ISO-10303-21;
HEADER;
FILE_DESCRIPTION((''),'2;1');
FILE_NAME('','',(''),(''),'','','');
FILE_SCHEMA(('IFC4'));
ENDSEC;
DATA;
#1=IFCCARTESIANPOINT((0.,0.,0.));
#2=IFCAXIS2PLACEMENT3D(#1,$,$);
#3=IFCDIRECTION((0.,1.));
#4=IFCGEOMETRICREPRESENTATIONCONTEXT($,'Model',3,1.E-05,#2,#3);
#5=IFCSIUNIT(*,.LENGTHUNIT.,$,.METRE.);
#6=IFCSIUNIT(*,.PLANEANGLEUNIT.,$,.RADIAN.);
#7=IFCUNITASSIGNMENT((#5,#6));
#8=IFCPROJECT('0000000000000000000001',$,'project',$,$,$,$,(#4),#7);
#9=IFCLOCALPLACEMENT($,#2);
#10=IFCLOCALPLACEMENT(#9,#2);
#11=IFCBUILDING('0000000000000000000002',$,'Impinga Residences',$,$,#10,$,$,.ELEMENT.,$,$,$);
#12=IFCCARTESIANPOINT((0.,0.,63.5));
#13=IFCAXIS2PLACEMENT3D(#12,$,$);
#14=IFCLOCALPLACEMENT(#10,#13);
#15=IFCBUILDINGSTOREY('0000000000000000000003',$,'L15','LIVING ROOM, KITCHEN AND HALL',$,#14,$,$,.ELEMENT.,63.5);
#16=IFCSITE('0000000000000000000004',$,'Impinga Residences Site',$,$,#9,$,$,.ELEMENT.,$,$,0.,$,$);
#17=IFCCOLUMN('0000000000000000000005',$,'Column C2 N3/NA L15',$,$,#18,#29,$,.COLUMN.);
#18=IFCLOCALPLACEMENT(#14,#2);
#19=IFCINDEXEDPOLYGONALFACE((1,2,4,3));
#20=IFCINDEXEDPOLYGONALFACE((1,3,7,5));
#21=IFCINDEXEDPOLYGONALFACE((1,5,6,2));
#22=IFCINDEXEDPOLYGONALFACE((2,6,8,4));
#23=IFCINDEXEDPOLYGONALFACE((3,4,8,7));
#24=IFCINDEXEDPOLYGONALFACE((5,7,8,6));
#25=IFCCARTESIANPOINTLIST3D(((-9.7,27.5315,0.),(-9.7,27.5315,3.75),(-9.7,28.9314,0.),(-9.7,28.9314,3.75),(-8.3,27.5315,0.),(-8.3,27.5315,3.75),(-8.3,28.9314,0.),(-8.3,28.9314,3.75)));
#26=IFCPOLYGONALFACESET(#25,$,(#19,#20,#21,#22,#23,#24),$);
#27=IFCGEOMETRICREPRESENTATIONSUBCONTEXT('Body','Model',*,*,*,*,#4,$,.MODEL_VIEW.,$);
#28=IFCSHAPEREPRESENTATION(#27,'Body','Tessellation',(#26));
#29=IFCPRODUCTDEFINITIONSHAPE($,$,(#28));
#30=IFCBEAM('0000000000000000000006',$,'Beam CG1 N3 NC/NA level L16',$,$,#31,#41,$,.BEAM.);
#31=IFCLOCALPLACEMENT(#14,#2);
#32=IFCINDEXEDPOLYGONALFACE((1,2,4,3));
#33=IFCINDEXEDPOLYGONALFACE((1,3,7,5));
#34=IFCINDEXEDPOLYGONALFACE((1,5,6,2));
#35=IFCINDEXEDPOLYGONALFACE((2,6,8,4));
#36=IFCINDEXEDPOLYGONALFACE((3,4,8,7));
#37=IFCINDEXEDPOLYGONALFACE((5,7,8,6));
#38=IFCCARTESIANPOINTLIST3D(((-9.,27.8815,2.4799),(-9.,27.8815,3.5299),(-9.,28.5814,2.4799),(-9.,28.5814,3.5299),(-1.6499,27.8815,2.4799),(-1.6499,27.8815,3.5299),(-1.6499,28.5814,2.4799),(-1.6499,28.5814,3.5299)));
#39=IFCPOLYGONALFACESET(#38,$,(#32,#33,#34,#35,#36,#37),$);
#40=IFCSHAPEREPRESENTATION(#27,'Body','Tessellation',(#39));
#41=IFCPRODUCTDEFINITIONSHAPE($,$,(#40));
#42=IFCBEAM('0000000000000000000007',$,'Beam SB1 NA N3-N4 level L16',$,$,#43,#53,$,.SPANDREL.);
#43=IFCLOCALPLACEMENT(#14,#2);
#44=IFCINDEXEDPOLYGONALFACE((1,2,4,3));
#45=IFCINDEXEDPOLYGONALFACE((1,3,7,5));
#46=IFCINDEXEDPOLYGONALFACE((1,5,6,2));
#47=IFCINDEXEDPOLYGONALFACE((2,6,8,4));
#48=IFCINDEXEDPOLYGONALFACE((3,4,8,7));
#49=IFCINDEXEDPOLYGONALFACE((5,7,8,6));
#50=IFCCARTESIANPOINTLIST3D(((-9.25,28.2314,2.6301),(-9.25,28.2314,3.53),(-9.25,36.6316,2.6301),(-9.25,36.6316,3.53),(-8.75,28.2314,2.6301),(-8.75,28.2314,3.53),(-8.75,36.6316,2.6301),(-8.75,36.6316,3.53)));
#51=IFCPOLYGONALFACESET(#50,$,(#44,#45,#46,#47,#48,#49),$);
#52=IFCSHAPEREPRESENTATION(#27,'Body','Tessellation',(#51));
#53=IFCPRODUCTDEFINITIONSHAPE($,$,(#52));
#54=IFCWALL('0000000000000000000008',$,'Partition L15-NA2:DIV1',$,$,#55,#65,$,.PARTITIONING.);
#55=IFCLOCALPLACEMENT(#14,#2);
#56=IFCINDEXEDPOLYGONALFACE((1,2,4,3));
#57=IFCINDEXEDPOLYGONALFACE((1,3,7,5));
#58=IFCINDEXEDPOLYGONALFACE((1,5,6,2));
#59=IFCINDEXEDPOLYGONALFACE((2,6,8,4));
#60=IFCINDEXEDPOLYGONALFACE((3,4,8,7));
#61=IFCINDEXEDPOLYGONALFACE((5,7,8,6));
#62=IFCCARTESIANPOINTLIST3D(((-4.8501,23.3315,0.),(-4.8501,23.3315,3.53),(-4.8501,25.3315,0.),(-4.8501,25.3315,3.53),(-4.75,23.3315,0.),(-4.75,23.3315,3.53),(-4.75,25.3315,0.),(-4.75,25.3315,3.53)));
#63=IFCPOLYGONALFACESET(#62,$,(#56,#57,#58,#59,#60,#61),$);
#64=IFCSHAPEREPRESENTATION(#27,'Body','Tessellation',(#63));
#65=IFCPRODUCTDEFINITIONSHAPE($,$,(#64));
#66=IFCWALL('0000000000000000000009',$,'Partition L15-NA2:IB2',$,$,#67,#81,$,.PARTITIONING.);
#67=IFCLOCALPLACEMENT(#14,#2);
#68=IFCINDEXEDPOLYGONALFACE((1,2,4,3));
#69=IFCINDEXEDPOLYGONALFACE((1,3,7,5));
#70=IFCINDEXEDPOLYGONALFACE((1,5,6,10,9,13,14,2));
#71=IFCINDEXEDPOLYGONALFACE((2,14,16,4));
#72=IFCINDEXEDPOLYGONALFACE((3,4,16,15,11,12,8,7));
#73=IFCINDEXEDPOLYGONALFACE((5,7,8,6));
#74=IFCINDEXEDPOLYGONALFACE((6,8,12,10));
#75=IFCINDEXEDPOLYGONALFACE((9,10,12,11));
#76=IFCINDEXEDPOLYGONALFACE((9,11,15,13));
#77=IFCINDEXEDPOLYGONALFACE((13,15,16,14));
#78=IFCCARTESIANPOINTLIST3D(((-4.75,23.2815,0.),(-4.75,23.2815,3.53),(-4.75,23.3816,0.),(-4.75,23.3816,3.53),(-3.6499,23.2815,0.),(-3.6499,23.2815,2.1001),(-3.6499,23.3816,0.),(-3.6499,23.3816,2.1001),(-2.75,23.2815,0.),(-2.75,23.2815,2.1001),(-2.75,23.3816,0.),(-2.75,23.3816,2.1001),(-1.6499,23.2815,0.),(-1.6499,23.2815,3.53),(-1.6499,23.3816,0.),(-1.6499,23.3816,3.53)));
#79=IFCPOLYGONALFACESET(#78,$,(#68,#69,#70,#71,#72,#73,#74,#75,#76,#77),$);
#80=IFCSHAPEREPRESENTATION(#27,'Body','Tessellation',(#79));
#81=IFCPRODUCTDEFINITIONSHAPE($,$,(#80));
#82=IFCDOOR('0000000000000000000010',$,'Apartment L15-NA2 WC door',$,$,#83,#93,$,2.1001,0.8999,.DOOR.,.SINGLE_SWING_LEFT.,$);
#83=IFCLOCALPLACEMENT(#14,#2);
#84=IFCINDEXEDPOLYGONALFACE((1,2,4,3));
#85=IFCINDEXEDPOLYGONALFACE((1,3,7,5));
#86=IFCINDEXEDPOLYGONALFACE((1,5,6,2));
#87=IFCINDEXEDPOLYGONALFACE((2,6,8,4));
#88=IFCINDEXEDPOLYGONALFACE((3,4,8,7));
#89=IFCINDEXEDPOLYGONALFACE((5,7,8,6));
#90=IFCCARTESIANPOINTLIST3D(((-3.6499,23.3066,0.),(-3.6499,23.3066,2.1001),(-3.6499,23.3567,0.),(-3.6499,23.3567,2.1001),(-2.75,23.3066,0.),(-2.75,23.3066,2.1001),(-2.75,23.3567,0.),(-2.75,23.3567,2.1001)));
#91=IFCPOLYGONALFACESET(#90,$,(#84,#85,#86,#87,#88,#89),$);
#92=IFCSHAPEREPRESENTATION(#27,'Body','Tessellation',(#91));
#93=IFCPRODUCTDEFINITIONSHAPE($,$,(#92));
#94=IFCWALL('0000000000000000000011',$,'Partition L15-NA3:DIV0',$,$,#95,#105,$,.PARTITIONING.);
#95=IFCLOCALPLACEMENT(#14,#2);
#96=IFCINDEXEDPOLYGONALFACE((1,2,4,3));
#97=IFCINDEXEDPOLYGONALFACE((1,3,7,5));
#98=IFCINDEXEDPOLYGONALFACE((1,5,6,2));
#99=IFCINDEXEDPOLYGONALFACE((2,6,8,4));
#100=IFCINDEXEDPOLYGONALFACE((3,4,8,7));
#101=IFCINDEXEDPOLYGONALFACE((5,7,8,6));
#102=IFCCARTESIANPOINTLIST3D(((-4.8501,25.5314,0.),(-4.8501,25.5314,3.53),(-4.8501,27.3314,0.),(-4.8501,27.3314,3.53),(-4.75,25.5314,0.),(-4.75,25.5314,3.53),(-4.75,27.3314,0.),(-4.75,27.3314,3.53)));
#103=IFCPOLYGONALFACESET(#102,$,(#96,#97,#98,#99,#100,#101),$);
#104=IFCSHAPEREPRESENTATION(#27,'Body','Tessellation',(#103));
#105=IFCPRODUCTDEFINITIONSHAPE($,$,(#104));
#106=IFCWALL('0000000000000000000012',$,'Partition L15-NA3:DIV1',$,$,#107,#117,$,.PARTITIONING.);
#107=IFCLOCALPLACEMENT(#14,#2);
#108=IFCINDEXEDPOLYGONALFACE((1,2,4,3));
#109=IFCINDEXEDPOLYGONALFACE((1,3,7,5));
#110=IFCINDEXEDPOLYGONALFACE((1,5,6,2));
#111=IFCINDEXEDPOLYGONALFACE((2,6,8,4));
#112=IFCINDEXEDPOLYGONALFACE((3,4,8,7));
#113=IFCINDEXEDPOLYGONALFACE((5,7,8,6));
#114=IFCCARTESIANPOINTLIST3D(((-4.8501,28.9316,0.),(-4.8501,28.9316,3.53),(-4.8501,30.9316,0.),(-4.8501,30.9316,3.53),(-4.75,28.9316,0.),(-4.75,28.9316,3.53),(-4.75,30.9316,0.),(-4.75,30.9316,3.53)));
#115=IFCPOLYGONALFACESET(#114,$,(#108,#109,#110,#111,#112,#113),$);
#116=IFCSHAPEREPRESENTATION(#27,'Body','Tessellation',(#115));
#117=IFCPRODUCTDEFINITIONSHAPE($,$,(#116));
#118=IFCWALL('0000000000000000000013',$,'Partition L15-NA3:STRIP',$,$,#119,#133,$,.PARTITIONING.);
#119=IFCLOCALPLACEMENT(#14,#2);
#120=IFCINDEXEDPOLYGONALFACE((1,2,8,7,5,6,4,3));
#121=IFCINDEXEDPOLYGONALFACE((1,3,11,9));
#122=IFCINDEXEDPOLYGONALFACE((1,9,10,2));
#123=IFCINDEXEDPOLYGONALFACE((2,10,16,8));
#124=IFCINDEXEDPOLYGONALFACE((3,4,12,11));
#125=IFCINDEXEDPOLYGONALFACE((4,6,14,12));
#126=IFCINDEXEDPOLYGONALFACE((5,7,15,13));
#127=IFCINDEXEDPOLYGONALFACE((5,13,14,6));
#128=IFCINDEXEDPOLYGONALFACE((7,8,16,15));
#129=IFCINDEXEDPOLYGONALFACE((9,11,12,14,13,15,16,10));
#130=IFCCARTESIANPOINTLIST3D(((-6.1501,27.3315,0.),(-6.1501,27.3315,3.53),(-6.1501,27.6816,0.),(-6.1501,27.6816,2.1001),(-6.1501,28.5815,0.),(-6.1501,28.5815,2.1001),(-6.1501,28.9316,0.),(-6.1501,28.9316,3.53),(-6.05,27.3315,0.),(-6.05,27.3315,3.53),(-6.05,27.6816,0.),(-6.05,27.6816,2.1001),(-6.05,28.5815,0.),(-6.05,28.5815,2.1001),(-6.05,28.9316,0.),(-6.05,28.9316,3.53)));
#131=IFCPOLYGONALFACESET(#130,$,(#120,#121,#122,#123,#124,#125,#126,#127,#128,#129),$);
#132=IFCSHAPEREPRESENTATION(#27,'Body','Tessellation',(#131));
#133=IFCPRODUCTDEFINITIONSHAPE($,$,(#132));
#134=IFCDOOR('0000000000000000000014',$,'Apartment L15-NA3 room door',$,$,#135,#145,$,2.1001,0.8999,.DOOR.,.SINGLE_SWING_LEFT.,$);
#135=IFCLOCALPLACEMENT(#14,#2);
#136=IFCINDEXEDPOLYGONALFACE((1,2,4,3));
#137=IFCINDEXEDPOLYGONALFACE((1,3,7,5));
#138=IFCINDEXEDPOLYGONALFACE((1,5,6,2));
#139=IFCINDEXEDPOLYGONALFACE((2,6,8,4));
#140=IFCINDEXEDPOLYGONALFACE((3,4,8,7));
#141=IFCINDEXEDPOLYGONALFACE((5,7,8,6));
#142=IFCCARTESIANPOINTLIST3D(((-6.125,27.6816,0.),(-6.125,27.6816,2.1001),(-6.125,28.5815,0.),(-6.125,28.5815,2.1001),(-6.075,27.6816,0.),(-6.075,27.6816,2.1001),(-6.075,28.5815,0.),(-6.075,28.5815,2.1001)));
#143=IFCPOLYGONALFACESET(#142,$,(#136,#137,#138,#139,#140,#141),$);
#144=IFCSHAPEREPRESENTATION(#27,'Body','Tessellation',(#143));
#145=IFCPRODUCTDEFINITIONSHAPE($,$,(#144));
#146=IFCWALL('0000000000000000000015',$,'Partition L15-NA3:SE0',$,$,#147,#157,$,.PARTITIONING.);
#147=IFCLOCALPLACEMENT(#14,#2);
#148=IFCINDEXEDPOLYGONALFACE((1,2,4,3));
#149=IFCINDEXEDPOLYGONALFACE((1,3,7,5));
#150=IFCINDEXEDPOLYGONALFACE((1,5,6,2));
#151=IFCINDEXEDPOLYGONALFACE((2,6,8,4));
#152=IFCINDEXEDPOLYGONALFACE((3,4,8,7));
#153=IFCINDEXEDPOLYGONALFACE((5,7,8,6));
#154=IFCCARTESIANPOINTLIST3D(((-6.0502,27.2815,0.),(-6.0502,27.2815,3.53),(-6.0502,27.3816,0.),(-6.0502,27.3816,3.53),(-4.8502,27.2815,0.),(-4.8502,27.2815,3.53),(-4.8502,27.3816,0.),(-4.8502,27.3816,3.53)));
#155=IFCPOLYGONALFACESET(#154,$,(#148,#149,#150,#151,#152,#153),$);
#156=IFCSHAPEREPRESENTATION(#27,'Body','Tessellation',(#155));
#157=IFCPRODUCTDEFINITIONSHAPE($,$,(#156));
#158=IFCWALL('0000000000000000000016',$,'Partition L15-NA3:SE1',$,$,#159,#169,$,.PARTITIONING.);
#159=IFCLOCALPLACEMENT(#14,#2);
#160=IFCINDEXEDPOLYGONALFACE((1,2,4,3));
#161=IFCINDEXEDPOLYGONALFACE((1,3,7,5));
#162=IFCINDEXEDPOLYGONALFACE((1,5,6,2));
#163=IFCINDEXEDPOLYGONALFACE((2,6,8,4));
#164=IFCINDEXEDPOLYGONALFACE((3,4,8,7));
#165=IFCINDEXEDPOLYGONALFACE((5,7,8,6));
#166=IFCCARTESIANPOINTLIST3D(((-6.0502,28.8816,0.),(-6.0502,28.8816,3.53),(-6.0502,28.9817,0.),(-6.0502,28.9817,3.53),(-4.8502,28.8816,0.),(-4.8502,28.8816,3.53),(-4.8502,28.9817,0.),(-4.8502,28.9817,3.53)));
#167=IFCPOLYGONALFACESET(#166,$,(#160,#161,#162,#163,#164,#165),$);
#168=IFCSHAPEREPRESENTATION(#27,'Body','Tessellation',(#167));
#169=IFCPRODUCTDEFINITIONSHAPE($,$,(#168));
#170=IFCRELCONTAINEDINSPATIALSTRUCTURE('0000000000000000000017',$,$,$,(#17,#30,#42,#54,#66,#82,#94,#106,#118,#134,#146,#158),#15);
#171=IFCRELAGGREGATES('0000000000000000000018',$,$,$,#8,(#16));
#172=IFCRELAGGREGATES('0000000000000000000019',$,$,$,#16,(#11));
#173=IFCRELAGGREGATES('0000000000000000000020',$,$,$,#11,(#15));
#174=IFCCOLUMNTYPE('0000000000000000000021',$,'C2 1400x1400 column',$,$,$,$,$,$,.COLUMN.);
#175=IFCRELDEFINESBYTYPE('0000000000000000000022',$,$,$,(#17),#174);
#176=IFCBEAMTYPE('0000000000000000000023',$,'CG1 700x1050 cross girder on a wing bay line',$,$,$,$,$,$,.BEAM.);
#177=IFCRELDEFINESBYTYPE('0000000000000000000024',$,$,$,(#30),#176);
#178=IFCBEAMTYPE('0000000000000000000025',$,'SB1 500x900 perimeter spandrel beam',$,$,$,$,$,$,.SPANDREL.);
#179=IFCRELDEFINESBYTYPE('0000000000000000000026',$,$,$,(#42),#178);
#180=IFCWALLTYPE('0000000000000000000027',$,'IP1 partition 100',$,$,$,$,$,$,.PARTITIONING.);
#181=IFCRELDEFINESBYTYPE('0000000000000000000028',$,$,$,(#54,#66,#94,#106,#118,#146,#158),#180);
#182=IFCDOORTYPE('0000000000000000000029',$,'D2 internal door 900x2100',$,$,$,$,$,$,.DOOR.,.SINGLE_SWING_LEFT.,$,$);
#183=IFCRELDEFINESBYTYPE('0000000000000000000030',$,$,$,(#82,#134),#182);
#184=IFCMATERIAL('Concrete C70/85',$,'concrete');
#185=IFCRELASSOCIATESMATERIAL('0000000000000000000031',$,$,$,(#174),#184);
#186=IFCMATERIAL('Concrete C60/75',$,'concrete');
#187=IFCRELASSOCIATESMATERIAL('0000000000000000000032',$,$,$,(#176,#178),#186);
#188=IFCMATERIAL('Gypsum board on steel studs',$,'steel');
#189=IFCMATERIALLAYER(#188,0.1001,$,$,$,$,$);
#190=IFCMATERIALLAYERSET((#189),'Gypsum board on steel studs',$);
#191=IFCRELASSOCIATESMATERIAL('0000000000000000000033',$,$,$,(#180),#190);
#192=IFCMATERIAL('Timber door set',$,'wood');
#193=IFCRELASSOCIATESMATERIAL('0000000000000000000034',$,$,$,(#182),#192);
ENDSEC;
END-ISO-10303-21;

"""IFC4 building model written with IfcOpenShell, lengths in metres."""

from ifc_helpers import new_model, si_unit, direction, frame, frame_2d, origin, origin_2d, place, context, subcontext, project, spatial, rectangle, extrude, material, layer, layer_set, material_profile, profile_set, type_object, element, fill, save


model = new_model("IFC4")

# Units and contexts
model_context = context("Model", 3, precision=1e-05, world=origin(), true_north=direction((0.0, 1.0)))
body_context = subcontext(model_context, "Body", "Model", "MODEL_VIEW")
ifc_project = project(units=[si_unit("LENGTHUNIT", "METRE"), si_unit("PLANEANGLEUNIT", "RADIAN")], contexts=[model_context])

# Site, building, storey
site_placement = place(None, origin())
site = spatial("IfcSite", under=ifc_project, at=site_placement, Name="Impinga Residences Site", CompositionType="ELEMENT", RefElevation=0.0)
building_placement = place(site_placement, origin())
building = spatial("IfcBuilding", under=site, at=building_placement, Name="Impinga Residences", CompositionType="ELEMENT")
storey_placement = place(building_placement, frame((0.0, 0.0, 63.5)))
storey = spatial("IfcBuildingStorey", under=building, at=storey_placement, Name="L15", Description="LIVING ROOM, KITCHEN AND HALL", CompositionType="ELEMENT", Elevation=63.5)

# Column
ifc_material_1 = material(Name="Concrete C70/85", Category="concrete")
ifc_material_profile_1 = material_profile(ifc_material_1, rectangle(XDim=1.3999, YDim=1.3999, at=origin_2d()), Name="RC 1400x1400")
ifc_profile_set_1 = profile_set([ifc_material_profile_1], Name="Concrete C70/85")
column_type = type_object("IfcColumnType", Name="C2 1400x1400 column", PredefinedType="COLUMN", material=ifc_profile_set_1)
column_placement = place(storey_placement, frame((-9.0, 28.2314, 0.0), z_axis=(0.0, 0.0, 1.0), x_axis=(1.0, 0.0, 0.0)))
element("IfcColumn", 1, at=column_placement, inside=storey, type_object=column_type, Name="Column C2 N3/NA L15", PredefinedType="COLUMN", context=body_context, shape_type="SweptSolid", body=[
    extrude(rectangle(XDim=1.3999, YDim=1.3999, at=origin_2d()), origin(), (0.0, 0.0, 1.0), 3.75),
])

# Beams
ifc_material_2 = material(Name="Concrete C60/75", Category="concrete")
ifc_material_profile_2 = material_profile(ifc_material_2, rectangle(XDim=0.7, YDim=1.05, at=origin_2d()), Name="RC 700x1050")
ifc_profile_set_2 = profile_set([ifc_material_profile_2], Name="Concrete C60/75")
beam_type_1 = type_object("IfcBeamType", Name="CG1 700x1050 cross girder on a wing bay line", PredefinedType="BEAM", material=ifc_profile_set_2)
beam_1_placement = place(storey_placement, frame((-1.6499, 28.2314, 3.0049), z_axis=(-1.0, 0.0, 0.0), x_axis=(0.0, -1.0, 0.0)))
element("IfcBeam", 2, at=beam_1_placement, inside=storey, type_object=beam_type_1, Name="Beam CG1 N3 NC/NA level L16", PredefinedType="BEAM", context=body_context, shape_type="SweptSolid", body=[
    extrude(rectangle(XDim=0.7, YDim=1.05, at=origin_2d()), origin(), (0.0, 0.0, 1.0), 7.3501),
])
ifc_material_profile_3 = material_profile(ifc_material_2, rectangle(XDim=0.5, YDim=0.8999, at=origin_2d()), Name="RC 500x900")
ifc_profile_set_3 = profile_set([ifc_material_profile_3], Name="Concrete C60/75")
beam_type_2 = type_object("IfcBeamType", Name="SB1 500x900 perimeter spandrel beam", PredefinedType="SPANDREL", material=ifc_profile_set_3)
beam_2_placement = place(storey_placement, frame((-9.0, 28.2314, 3.0801), z_axis=(0.0, 1.0, 0.0), x_axis=(-1.0, 0.0, 0.0)))
element("IfcBeam", 3, at=beam_2_placement, inside=storey, type_object=beam_type_2, Name="Beam SB1 NA N3-N4 level L16", PredefinedType="SPANDREL", context=body_context, shape_type="SweptSolid", body=[
    extrude(rectangle(XDim=0.5, YDim=0.8999, at=origin_2d()), origin(), (0.0, 0.0, 1.0), 8.4001),
])

# Wall
ifc_material_3 = material(Name="Gypsum board on steel studs", Category="steel")
ifc_layer_1 = layer(ifc_material_3, 0.1001)
ifc_layer_set_1 = layer_set([ifc_layer_1], Name="Gypsum board on steel studs")
wall_type_1 = type_object("IfcWallType", Name="IP1 partition 100", PredefinedType="PARTITIONING", material=ifc_layer_set_1)
wall_1_placement = place(storey_placement, frame((-4.8, 23.3315, 0.0), z_axis=(0.0, 0.0, 1.0), x_axis=(0.0, 1.0, 0.0)))
element("IfcWall", 4, at=wall_1_placement, inside=storey, type_object=wall_type_1, Name="Partition L15-NA2:DIV1", PredefinedType="PARTITIONING", context=body_context, shape_type="SweptSolid", body=[
    extrude(rectangle(XDim=2.0, YDim=0.1001, at=frame_2d((1.0, 0.0))), origin(), (0.0, 0.0, 1.0), 3.53),
])

# Wall, opening, door
wall_2_placement = place(storey_placement, frame((-1.6499, 23.3315, 0.0), z_axis=(0.0, 0.0, 1.0), x_axis=(-1.0, 0.0, 0.0)))
wall_2 = element("IfcWall", 5, at=wall_2_placement, inside=storey, type_object=wall_type_1, Name="Partition L15-NA2:IB2", PredefinedType="PARTITIONING", context=body_context, shape_type="SweptSolid", body=[
    extrude(rectangle(XDim=3.1001, YDim=0.1001, at=frame_2d((1.55, 0.0))), origin(), (0.0, 0.0, 1.0), 3.53),
])
opening_1_placement = place(wall_2_placement, frame((1.1001, 0.0, 0.0)))
opening_1 = element("IfcOpeningElement", 6, at=opening_1_placement, cuts=wall_2, PredefinedType="OPENING", context=body_context, shape_type="SweptSolid", body=[
    extrude(rectangle(XDim=0.8999, YDim=2.1001, at=frame_2d((0.45, 1.05))), frame((0.0, 0.0601, 0.0), z_axis=(0.0, -1.0, 0.0), x_axis=(1.0, 0.0, 0.0)), (0.0, 0.0, 1.0), 0.1201),
])
ifc_material_4 = material(Name="Timber door set", Category="wood")
door_type = type_object("IfcDoorType", Name="D2 internal door 900x2100", OperationType="SINGLE_SWING_LEFT", PredefinedType="DOOR", material=ifc_material_4)
door_1_placement = place(opening_1_placement, origin())
door_1 = element("IfcDoor", 7, at=door_1_placement, inside=storey, type_object=door_type, Name="Apartment L15-NA2 WC door", OperationType="SINGLE_SWING_LEFT", OverallHeight=2.1001, OverallWidth=0.8999, PredefinedType="DOOR", context=body_context, shape_type="SweptSolid", body=[
    extrude(rectangle(XDim=0.8999, YDim=2.1001, at=frame_2d((0.45, 1.05))), frame((0.0, 0.0249, 0.0), z_axis=(0.0, -1.0, 0.0), x_axis=(1.0, 0.0, 0.0)), (0.0, 0.0, 1.0), 0.05),
])
fill(opening_1, door_1)

# Walls
wall_3_placement = place(storey_placement, frame((-4.8, 25.5315, 0.0), z_axis=(0.0, 0.0, 1.0), x_axis=(0.0, 1.0, 0.0)))
element("IfcWall", 8, at=wall_3_placement, inside=storey, type_object=wall_type_1, Name="Partition L15-NA3:DIV0", PredefinedType="PARTITIONING", context=body_context, shape_type="SweptSolid", body=[
    extrude(rectangle(XDim=1.8, YDim=0.1001, at=frame_2d((0.8999, 0.0))), origin(), (0.0, 0.0, 1.0), 3.53),
])
wall_4_placement = place(storey_placement, frame((-4.8, 28.9316, 0.0), z_axis=(0.0, 0.0, 1.0), x_axis=(0.0, 1.0, 0.0)))
element("IfcWall", 9, at=wall_4_placement, inside=storey, type_object=wall_type_1, Name="Partition L15-NA3:DIV1", PredefinedType="PARTITIONING", context=body_context, shape_type="SweptSolid", body=[
    extrude(rectangle(XDim=2.0, YDim=0.1001, at=frame_2d((1.0, 0.0))), origin(), (0.0, 0.0, 1.0), 3.53),
])

# Wall, opening, door
wall_5_placement = place(storey_placement, frame((-6.1001, 27.3315, 0.0), z_axis=(0.0, 0.0, 1.0), x_axis=(0.0, 1.0, 0.0)))
wall_5 = element("IfcWall", 10, at=wall_5_placement, inside=storey, type_object=wall_type_1, Name="Partition L15-NA3:STRIP", PredefinedType="PARTITIONING", context=body_context, shape_type="SweptSolid", body=[
    extrude(rectangle(XDim=1.6001, YDim=0.1001, at=frame_2d((0.8, 0.0))), origin(), (0.0, 0.0, 1.0), 3.53),
])
opening_2_placement = place(wall_5_placement, frame((0.3501, 0.0, 0.0)))
opening_2 = element("IfcOpeningElement", 11, at=opening_2_placement, cuts=wall_5, PredefinedType="OPENING", context=body_context, shape_type="SweptSolid", body=[
    extrude(rectangle(XDim=0.8999, YDim=2.1001, at=frame_2d((0.45, 1.05))), frame((0.0, 0.0601, 0.0), z_axis=(0.0, -1.0, 0.0), x_axis=(1.0, 0.0, 0.0)), (0.0, 0.0, 1.0), 0.1201),
])
door_2_placement = place(opening_2_placement, origin())
door_2 = element("IfcDoor", 12, at=door_2_placement, inside=storey, type_object=door_type, Name="Apartment L15-NA3 room door", OperationType="SINGLE_SWING_LEFT", OverallHeight=2.1001, OverallWidth=0.8999, PredefinedType="DOOR", context=body_context, shape_type="SweptSolid", body=[
    extrude(rectangle(XDim=0.8999, YDim=2.1001, at=frame_2d((0.45, 1.05))), frame((0.0, 0.0249, 0.0), z_axis=(0.0, -1.0, 0.0), x_axis=(1.0, 0.0, 0.0)), (0.0, 0.0, 1.0), 0.05),
])
fill(opening_2, door_2)

# Walls
for number, where, z_axis, x_axis, name in (
    (13, (-4.8501, 27.3315, 0.0), (0.0, 0.0, 1.0), (-1.0, 0.0, 0.0), "Partition L15-NA3:SE0"),
    (14, (-4.8501, 28.9316, 0.0), (0.0, 0.0, 1.0), (-1.0, 0.0, 0.0), "Partition L15-NA3:SE1"),
):
    element("IfcWall", number, at=place(storey_placement, frame(where, z_axis=z_axis, x_axis=x_axis)), inside=storey, type_object=wall_type_1, Name=name, PredefinedType="PARTITIONING", context=body_context, shape_type="SweptSolid", body=[
        extrude(rectangle(XDim=1.2, YDim=0.1001, at=frame_2d((0.6001, 0.0))), origin(), (0.0, 0.0, 1.0), 3.53),
    ])

save(model, "model.ifc")
